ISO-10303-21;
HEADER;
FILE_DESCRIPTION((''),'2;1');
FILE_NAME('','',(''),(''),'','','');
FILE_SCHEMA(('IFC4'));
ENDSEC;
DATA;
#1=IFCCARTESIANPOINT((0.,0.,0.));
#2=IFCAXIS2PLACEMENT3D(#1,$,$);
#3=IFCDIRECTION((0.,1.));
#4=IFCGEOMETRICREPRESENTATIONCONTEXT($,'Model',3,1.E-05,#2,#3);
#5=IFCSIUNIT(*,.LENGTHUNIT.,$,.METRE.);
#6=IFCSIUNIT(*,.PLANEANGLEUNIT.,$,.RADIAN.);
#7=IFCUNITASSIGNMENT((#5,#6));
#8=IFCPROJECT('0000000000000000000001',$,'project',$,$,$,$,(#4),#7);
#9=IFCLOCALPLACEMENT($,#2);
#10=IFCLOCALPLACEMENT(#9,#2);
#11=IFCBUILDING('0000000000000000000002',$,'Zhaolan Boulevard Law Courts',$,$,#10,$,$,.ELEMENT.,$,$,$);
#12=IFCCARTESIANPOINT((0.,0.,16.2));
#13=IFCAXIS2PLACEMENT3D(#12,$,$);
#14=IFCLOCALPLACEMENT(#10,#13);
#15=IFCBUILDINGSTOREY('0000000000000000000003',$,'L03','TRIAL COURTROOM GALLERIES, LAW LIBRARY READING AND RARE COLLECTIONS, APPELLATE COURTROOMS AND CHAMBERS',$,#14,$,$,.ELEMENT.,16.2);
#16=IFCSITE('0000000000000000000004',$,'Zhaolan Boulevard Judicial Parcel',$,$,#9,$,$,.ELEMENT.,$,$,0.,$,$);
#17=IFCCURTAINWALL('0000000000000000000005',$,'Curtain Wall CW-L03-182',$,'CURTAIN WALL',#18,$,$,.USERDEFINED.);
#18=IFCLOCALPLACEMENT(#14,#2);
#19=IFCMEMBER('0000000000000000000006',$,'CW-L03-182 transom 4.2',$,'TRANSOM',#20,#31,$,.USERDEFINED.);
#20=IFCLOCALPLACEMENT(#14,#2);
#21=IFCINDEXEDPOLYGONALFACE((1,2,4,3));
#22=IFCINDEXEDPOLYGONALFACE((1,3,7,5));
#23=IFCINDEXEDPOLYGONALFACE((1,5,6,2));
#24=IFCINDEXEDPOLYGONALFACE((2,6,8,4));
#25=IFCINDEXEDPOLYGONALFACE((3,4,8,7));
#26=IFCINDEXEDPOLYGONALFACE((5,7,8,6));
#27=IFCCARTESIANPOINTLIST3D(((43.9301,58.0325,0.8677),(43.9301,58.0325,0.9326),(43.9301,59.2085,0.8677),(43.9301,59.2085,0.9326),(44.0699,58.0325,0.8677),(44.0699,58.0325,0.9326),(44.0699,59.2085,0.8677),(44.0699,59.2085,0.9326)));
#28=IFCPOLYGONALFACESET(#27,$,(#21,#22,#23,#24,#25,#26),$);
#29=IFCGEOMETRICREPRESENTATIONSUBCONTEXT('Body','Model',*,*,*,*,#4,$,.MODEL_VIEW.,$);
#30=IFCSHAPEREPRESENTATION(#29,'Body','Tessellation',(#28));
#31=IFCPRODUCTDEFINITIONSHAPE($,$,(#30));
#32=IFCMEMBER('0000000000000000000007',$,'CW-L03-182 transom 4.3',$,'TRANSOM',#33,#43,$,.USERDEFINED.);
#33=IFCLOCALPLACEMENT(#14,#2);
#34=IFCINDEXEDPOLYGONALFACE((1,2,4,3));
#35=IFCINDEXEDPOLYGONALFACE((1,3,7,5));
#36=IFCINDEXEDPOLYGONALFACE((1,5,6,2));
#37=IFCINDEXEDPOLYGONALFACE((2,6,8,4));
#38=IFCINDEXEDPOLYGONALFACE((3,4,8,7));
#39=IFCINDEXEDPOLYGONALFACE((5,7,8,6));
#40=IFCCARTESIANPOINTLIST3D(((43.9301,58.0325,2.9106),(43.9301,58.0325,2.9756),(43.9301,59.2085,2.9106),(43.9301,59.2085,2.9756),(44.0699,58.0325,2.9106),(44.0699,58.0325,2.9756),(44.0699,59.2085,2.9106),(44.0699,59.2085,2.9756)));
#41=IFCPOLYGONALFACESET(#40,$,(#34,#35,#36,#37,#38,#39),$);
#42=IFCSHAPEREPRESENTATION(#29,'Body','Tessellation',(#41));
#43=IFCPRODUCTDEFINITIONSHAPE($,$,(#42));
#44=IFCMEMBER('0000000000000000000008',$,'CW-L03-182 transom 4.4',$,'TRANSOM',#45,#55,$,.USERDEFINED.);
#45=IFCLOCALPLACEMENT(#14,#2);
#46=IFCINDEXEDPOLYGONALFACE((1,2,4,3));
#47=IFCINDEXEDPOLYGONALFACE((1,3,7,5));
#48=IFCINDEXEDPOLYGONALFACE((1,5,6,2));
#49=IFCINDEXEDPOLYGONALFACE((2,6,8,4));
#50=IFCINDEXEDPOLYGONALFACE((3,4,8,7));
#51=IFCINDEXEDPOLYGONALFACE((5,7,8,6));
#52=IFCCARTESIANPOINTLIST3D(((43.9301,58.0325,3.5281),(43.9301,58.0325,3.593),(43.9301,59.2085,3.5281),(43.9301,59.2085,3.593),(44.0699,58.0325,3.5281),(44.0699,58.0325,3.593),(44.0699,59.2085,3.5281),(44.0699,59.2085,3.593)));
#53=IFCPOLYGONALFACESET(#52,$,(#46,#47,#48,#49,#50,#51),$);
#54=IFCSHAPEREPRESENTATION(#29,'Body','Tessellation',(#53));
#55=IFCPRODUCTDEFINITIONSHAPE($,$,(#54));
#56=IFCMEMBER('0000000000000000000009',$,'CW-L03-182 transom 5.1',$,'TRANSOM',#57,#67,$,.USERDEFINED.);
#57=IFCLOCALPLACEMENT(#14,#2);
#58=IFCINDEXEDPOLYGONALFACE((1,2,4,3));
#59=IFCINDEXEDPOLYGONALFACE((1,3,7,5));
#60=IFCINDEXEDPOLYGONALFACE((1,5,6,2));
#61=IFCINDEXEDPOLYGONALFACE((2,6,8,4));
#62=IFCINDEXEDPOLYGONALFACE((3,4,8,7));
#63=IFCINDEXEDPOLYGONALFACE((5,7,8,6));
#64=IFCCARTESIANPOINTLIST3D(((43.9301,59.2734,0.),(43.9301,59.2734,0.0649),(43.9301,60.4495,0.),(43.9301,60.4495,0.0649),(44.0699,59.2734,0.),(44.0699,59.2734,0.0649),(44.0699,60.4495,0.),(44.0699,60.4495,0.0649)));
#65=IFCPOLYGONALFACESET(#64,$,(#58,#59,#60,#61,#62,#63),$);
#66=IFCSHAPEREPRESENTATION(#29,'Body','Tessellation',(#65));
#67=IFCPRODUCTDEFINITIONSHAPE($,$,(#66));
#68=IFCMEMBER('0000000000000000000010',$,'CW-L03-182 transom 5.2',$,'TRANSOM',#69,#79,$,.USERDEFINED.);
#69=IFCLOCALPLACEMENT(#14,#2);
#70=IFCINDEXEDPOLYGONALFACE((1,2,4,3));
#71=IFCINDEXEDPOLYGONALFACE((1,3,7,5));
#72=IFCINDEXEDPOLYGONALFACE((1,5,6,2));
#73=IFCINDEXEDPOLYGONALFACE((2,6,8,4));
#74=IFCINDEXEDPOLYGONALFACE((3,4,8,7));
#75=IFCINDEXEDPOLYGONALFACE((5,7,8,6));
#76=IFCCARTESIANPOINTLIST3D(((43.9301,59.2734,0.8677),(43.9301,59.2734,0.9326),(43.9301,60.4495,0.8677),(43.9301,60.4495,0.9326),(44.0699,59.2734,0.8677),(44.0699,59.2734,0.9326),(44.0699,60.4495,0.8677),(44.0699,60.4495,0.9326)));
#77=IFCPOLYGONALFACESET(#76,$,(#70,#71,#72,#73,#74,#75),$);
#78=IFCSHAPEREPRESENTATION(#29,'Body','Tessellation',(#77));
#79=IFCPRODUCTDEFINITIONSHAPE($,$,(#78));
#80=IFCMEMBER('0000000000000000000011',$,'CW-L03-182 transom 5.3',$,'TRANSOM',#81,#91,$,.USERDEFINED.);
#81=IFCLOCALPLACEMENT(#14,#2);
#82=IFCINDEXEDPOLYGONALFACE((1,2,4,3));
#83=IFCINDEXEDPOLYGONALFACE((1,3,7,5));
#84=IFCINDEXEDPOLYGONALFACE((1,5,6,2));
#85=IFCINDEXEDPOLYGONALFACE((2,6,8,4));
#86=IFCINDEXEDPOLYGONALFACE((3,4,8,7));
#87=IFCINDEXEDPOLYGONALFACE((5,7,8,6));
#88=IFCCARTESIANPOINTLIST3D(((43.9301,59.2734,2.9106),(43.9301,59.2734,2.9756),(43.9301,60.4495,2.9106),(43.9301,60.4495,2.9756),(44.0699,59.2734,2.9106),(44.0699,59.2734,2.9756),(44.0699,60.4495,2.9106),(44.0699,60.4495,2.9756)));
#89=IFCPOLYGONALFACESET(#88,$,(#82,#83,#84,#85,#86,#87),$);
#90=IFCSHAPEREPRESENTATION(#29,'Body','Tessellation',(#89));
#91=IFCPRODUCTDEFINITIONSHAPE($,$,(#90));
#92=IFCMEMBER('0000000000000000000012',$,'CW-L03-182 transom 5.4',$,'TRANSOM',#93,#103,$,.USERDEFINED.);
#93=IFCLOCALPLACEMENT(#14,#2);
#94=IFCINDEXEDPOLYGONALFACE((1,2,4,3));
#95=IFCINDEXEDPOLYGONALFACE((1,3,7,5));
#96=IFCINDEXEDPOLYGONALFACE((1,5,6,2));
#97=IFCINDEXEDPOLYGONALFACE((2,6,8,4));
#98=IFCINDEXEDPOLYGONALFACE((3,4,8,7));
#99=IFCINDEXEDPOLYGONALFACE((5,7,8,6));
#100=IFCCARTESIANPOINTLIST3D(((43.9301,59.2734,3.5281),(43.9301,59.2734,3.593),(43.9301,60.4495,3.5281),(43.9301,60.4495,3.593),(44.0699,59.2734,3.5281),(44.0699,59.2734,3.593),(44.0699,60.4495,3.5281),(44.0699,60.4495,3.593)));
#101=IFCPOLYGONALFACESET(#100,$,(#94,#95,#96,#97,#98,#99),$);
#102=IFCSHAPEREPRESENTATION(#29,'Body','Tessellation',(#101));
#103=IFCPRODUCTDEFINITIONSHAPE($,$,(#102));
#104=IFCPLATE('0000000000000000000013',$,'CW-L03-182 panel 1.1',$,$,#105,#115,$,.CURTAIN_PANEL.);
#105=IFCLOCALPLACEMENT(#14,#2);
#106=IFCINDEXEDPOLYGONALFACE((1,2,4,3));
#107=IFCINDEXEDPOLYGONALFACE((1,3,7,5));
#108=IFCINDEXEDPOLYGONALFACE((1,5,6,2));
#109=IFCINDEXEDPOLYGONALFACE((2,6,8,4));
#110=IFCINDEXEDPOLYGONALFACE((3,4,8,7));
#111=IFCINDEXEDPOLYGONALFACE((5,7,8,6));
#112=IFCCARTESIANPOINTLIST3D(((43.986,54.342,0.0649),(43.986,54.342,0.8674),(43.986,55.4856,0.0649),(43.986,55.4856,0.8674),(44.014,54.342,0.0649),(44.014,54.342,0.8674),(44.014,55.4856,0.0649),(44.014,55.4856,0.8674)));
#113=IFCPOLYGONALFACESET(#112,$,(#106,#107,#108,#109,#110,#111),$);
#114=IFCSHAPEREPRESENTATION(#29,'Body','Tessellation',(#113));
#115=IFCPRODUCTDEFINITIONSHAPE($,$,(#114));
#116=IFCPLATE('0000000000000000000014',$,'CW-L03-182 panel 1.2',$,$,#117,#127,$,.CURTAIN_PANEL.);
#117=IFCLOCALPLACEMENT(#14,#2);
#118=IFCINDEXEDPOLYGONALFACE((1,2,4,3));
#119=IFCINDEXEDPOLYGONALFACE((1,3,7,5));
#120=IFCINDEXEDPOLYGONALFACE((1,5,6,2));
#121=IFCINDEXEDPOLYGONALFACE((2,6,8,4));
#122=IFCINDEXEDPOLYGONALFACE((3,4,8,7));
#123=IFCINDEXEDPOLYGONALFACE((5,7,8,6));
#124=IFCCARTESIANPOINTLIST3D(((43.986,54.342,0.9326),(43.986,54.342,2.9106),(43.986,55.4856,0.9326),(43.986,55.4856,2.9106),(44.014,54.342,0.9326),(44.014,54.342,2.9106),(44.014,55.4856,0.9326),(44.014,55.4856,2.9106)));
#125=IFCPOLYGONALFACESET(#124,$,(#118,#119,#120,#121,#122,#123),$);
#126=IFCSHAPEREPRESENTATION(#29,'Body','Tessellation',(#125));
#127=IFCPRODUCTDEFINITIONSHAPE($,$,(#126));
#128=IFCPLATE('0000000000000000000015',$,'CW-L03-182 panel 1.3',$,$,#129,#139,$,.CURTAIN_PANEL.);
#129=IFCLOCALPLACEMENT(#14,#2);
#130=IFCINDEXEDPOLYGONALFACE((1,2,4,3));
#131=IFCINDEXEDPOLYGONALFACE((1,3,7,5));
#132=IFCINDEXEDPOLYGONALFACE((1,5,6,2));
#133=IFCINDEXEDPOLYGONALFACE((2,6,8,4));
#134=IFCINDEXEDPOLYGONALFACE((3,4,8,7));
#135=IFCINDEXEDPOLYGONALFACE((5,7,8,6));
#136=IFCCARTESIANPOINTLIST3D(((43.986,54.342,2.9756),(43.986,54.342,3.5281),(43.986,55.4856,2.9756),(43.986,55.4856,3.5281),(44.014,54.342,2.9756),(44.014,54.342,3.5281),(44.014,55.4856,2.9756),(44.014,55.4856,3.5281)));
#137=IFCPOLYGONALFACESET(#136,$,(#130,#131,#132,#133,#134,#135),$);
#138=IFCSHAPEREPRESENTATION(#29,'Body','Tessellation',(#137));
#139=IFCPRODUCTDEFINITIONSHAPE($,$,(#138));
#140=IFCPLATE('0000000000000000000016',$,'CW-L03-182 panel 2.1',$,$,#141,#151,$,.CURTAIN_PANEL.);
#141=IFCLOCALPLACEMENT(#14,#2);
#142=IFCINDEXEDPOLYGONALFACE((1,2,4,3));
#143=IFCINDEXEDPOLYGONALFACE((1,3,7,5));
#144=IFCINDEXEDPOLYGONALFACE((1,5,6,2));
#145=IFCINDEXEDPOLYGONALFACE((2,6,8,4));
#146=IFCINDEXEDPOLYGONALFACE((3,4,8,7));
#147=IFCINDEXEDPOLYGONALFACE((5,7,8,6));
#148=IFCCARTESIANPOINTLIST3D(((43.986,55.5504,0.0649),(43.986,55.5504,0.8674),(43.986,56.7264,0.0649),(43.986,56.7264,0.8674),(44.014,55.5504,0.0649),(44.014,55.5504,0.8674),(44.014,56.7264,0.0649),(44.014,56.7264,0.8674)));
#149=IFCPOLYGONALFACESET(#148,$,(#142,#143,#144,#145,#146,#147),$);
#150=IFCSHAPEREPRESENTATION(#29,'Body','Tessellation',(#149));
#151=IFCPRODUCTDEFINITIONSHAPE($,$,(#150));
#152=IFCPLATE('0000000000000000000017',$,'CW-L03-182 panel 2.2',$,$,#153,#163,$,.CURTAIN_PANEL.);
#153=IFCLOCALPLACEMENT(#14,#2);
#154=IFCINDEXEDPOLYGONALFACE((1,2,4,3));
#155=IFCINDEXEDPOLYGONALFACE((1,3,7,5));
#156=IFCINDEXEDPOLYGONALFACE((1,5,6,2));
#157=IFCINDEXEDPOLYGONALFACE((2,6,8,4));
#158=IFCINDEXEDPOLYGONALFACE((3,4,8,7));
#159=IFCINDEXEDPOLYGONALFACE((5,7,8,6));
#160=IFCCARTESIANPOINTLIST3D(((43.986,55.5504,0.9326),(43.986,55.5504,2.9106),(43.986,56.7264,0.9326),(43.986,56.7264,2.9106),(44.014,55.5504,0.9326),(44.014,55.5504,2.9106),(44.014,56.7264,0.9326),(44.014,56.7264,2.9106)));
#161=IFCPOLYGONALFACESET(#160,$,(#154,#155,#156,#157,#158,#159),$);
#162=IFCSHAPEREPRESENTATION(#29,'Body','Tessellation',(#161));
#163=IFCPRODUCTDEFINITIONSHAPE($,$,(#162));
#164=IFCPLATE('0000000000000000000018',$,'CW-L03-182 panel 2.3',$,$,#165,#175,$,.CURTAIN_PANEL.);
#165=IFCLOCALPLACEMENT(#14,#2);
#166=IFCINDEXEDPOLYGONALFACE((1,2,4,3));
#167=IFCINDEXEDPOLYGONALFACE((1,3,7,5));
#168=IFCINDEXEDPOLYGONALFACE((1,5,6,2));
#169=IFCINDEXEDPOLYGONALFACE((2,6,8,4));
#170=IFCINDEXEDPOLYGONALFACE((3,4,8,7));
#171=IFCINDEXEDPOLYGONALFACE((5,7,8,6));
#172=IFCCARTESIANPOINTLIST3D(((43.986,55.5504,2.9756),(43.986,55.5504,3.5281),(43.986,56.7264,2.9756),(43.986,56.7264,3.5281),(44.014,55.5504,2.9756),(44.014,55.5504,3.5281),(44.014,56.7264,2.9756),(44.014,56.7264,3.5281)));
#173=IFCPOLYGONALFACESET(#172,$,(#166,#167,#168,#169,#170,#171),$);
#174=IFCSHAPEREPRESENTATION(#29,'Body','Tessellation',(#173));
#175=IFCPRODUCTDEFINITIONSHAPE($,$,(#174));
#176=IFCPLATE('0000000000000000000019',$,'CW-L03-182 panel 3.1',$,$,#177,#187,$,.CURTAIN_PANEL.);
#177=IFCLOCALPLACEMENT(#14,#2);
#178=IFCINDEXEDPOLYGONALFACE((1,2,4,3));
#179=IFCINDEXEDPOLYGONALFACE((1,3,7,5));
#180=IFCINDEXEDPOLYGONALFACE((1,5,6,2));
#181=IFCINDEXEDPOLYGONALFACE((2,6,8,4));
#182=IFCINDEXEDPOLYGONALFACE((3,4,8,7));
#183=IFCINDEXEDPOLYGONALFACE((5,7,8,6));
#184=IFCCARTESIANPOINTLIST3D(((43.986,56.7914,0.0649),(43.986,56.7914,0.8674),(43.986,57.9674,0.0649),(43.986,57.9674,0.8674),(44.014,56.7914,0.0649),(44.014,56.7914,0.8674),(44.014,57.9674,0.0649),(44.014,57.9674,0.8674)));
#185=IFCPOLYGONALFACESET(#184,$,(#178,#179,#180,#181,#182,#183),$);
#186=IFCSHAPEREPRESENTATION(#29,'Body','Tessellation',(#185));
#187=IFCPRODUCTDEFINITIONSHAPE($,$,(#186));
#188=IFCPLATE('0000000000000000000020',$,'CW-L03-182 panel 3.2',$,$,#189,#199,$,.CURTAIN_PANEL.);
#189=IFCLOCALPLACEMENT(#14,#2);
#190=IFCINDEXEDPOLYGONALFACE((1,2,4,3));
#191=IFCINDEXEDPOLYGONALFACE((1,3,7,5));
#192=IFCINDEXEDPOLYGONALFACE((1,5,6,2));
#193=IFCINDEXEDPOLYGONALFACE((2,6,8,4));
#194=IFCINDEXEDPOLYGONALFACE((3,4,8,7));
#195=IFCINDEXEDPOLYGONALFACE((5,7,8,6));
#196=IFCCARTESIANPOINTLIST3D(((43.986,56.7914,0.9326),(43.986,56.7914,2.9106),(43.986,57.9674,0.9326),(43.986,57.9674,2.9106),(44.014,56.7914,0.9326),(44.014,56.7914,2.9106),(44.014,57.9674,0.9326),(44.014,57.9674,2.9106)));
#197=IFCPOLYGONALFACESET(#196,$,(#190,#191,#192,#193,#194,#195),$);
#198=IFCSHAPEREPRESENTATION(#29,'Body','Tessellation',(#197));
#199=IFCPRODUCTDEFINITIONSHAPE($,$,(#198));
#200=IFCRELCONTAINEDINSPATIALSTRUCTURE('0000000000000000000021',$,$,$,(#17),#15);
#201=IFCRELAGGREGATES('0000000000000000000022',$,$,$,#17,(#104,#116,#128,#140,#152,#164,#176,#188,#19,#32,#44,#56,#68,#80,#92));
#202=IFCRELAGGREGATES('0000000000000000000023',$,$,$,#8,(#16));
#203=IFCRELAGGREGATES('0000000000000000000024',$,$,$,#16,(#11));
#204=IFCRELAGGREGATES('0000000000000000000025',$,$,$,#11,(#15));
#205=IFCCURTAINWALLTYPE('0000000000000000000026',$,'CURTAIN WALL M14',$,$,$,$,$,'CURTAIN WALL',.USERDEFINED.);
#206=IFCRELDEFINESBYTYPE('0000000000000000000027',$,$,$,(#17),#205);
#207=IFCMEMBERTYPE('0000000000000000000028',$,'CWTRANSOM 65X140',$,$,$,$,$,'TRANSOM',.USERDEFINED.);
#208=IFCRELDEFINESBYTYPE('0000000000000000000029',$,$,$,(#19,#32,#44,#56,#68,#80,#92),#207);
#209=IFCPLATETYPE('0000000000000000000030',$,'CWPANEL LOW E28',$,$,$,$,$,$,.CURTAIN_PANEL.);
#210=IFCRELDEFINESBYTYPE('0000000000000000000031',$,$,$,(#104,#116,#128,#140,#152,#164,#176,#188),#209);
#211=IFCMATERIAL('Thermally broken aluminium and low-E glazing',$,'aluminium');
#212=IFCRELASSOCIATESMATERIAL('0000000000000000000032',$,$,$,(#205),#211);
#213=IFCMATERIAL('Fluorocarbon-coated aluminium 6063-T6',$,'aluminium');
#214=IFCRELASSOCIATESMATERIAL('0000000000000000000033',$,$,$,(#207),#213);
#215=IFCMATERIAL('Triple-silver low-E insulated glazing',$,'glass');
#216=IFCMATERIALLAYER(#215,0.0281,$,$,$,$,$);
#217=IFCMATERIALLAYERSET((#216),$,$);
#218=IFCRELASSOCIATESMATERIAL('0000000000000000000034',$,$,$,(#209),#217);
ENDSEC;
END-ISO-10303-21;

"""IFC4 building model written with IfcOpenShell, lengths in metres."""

from ifc_helpers import new_model, si_unit, direction, frame, origin, origin_2d, place, context, subcontext, project, spatial, rectangle, extrude, material, layer, layer_set, material_profile, profile_set, type_object, element, aggregate, save


model = new_model("IFC4")

# Units and contexts
model_context = context("Model", 3, precision=1e-05, world=origin(), true_north=direction((0.0, 1.0)))
body_context = subcontext(model_context, "Body", "Model", "MODEL_VIEW")
ifc_project = project(units=[si_unit("LENGTHUNIT", "METRE"), si_unit("PLANEANGLEUNIT", "RADIAN")], contexts=[model_context])

# Site, building, storey
site_placement = place(None, origin())
site = spatial("IfcSite", under=ifc_project, at=site_placement, Name="Zhaolan Boulevard Judicial Parcel", CompositionType="ELEMENT", RefElevation=0.0)
building_placement = place(site_placement, origin())
building = spatial("IfcBuilding", under=site, at=building_placement, Name="Zhaolan Boulevard Law Courts", CompositionType="ELEMENT")
storey_placement = place(building_placement, frame((0.0, 0.0, 16.2)))
storey = spatial("IfcBuildingStorey", under=building, at=storey_placement, Name="L03", Description="TRIAL COURTROOM GALLERIES, LAW LIBRARY READING AND RARE COLLECTIONS, APPELLATE COURTROOMS AND CHAMBERS", CompositionType="ELEMENT", Elevation=16.2)

# Curtain wall, members, plates
ifc_material_1 = material(Name="Thermally broken aluminium and low-E glazing", Category="aluminium")
curtain_wall_type = type_object("IfcCurtainWallType", Name="CURTAIN WALL M14", ElementType="CURTAIN WALL", PredefinedType="USERDEFINED", material=ifc_material_1)
curtain_wall_placement = place(storey_placement, origin())
curtain_wall = element("IfcCurtainWall", 1, at=curtain_wall_placement, inside=storey, type_object=curtain_wall_type, Name="Curtain Wall CW-L03-182", ObjectType="CURTAIN WALL", PredefinedType="USERDEFINED")
ifc_material_2 = material(Name="Fluorocarbon-coated aluminium 6063-T6", Category="aluminium")
ifc_material_profile_1 = material_profile(ifc_material_2, rectangle(XDim=0.1399, YDim=0.0649, at=origin_2d()), Name="AL65x140")
ifc_profile_set_1 = profile_set([ifc_material_profile_1], Name="Fluorocarbon-coated aluminium 6063-T6")
member_type_1 = type_object("IfcMemberType", Name="CWTRANSOM 65X140", ElementType="TRANSOM", PredefinedType="USERDEFINED", material=ifc_profile_set_1)
member_1_placement = place(storey_placement, frame((44.0, 58.0325, 0.9001), z_axis=(0.0, 1.0, 0.0), x_axis=(-1.0, 0.0, 0.0)))
member_1 = element("IfcMember", 2, at=member_1_placement, type_object=member_type_1, Name="CW-L03-182 transom 4.2", ObjectType="TRANSOM", PredefinedType="USERDEFINED", context=body_context, shape_type="SweptSolid", body=[
    extrude(rectangle(XDim=0.1399, YDim=0.0649, at=origin_2d()), origin(), (0.0, 0.0, 1.0), 1.176),
])
member_2_placement = place(storey_placement, frame((44.0, 58.0325, 2.9431), z_axis=(0.0, 1.0, 0.0), x_axis=(-1.0, 0.0, 0.0)))
member_2 = element("IfcMember", 3, at=member_2_placement, type_object=member_type_1, Name="CW-L03-182 transom 4.3", ObjectType="TRANSOM", PredefinedType="USERDEFINED", context=body_context, shape_type="SweptSolid", body=[
    extrude(rectangle(XDim=0.1399, YDim=0.0649, at=origin_2d()), origin(), (0.0, 0.0, 1.0), 1.176),
])
member_3_placement = place(storey_placement, frame((44.0, 58.0325, 3.5605), z_axis=(0.0, 1.0, 0.0), x_axis=(-1.0, 0.0, 0.0)))
member_3 = element("IfcMember", 4, at=member_3_placement, type_object=member_type_1, Name="CW-L03-182 transom 4.4", ObjectType="TRANSOM", PredefinedType="USERDEFINED", context=body_context, shape_type="SweptSolid", body=[
    extrude(rectangle(XDim=0.1399, YDim=0.0649, at=origin_2d()), origin(), (0.0, 0.0, 1.0), 1.176),
])
member_4_placement = place(storey_placement, frame((44.0, 59.2734, 0.0325), z_axis=(0.0, 1.0, 0.0), x_axis=(-1.0, 0.0, 0.0)))
member_4 = element("IfcMember", 5, at=member_4_placement, type_object=member_type_1, Name="CW-L03-182 transom 5.1", ObjectType="TRANSOM", PredefinedType="USERDEFINED", context=body_context, shape_type="SweptSolid", body=[
    extrude(rectangle(XDim=0.1399, YDim=0.0649, at=origin_2d()), origin(), (0.0, 0.0, 1.0), 1.176),
])
member_5_placement = place(storey_placement, frame((44.0, 59.2734, 0.9001), z_axis=(0.0, 1.0, 0.0), x_axis=(-1.0, 0.0, 0.0)))
member_5 = element("IfcMember", 6, at=member_5_placement, type_object=member_type_1, Name="CW-L03-182 transom 5.2", ObjectType="TRANSOM", PredefinedType="USERDEFINED", context=body_context, shape_type="SweptSolid", body=[
    extrude(rectangle(XDim=0.1399, YDim=0.0649, at=origin_2d()), origin(), (0.0, 0.0, 1.0), 1.176),
])
member_6_placement = place(storey_placement, frame((44.0, 59.2734, 2.9431), z_axis=(0.0, 1.0, 0.0), x_axis=(-1.0, 0.0, 0.0)))
member_6 = element("IfcMember", 7, at=member_6_placement, type_object=member_type_1, Name="CW-L03-182 transom 5.3", ObjectType="TRANSOM", PredefinedType="USERDEFINED", context=body_context, shape_type="SweptSolid", body=[
    extrude(rectangle(XDim=0.1399, YDim=0.0649, at=origin_2d()), origin(), (0.0, 0.0, 1.0), 1.176),
])
member_7_placement = place(storey_placement, frame((44.0, 59.2734, 3.5605), z_axis=(0.0, 1.0, 0.0), x_axis=(-1.0, 0.0, 0.0)))
member_7 = element("IfcMember", 8, at=member_7_placement, type_object=member_type_1, Name="CW-L03-182 transom 5.4", ObjectType="TRANSOM", PredefinedType="USERDEFINED", context=body_context, shape_type="SweptSolid", body=[
    extrude(rectangle(XDim=0.1399, YDim=0.0649, at=origin_2d()), origin(), (0.0, 0.0, 1.0), 1.176),
])
ifc_material_3 = material(Name="Triple-silver low-E insulated glazing", Category="glass")
ifc_layer = layer(ifc_material_3, 0.0281)
ifc_layer_set = layer_set([ifc_layer])
plate_type = type_object("IfcPlateType", Name="CWPANEL LOW E28", PredefinedType="CURTAIN_PANEL", material=ifc_layer_set)
plate_1_placement = place(storey_placement, frame((44.0, 54.9138, 0.0649), z_axis=(0.0, 0.0, 1.0), x_axis=(0.0, 1.0, 0.0)))
plate_1 = element("IfcPlate", 9, at=plate_1_placement, type_object=plate_type, Name="CW-L03-182 panel 1.1", PredefinedType="CURTAIN_PANEL", context=body_context, shape_type="SweptSolid", body=[
    extrude(rectangle(XDim=1.1436, YDim=0.0281, at=origin_2d()), origin(), (0.0, 0.0, 1.0), 0.8025),
])
plate_2_placement = place(storey_placement, frame((44.0, 54.9138, 0.9326), z_axis=(0.0, 0.0, 1.0), x_axis=(0.0, 1.0, 0.0)))
plate_2 = element("IfcPlate", 10, at=plate_2_placement, type_object=plate_type, Name="CW-L03-182 panel 1.2", PredefinedType="CURTAIN_PANEL", context=body_context, shape_type="SweptSolid", body=[
    extrude(rectangle(XDim=1.1436, YDim=0.0281, at=origin_2d()), origin(), (0.0, 0.0, 1.0), 1.978),
])
plate_3_placement = place(storey_placement, frame((44.0, 54.9138, 2.9756), z_axis=(0.0, 0.0, 1.0), x_axis=(0.0, 1.0, 0.0)))
plate_3 = element("IfcPlate", 11, at=plate_3_placement, type_object=plate_type, Name="CW-L03-182 panel 1.3", PredefinedType="CURTAIN_PANEL", context=body_context, shape_type="SweptSolid", body=[
    extrude(rectangle(XDim=1.1436, YDim=0.0281, at=origin_2d()), origin(), (0.0, 0.0, 1.0), 0.5525),
])
plate_4_placement = place(storey_placement, frame((44.0, 56.1384, 0.0649), z_axis=(0.0, 0.0, 1.0), x_axis=(0.0, 1.0, 0.0)))
plate_4 = element("IfcPlate", 12, at=plate_4_placement, type_object=plate_type, Name="CW-L03-182 panel 2.1", PredefinedType="CURTAIN_PANEL", context=body_context, shape_type="SweptSolid", body=[
    extrude(rectangle(XDim=1.176, YDim=0.0281, at=origin_2d()), origin(), (0.0, 0.0, 1.0), 0.8025),
])
plate_5_placement = place(storey_placement, frame((44.0, 56.1384, 0.9326), z_axis=(0.0, 0.0, 1.0), x_axis=(0.0, 1.0, 0.0)))
plate_5 = element("IfcPlate", 13, at=plate_5_placement, type_object=plate_type, Name="CW-L03-182 panel 2.2", PredefinedType="CURTAIN_PANEL", context=body_context, shape_type="SweptSolid", body=[
    extrude(rectangle(XDim=1.176, YDim=0.0281, at=origin_2d()), origin(), (0.0, 0.0, 1.0), 1.978),
])
plate_6_placement = place(storey_placement, frame((44.0, 56.1384, 2.9756), z_axis=(0.0, 0.0, 1.0), x_axis=(0.0, 1.0, 0.0)))
plate_6 = element("IfcPlate", 14, at=plate_6_placement, type_object=plate_type, Name="CW-L03-182 panel 2.3", PredefinedType="CURTAIN_PANEL", context=body_context, shape_type="SweptSolid", body=[
    extrude(rectangle(XDim=1.176, YDim=0.0281, at=origin_2d()), origin(), (0.0, 0.0, 1.0), 0.5525),
])
plate_7_placement = place(storey_placement, frame((44.0, 57.3794, 0.0649), z_axis=(0.0, 0.0, 1.0), x_axis=(0.0, 1.0, 0.0)))
plate_7 = element("IfcPlate", 15, at=plate_7_placement, type_object=plate_type, Name="CW-L03-182 panel 3.1", PredefinedType="CURTAIN_PANEL", context=body_context, shape_type="SweptSolid", body=[
    extrude(rectangle(XDim=1.176, YDim=0.0281, at=origin_2d()), origin(), (0.0, 0.0, 1.0), 0.8025),
])
plate_8_placement = place(storey_placement, frame((44.0, 57.3794, 0.9326), z_axis=(0.0, 0.0, 1.0), x_axis=(0.0, 1.0, 0.0)))
plate_8 = element("IfcPlate", 16, at=plate_8_placement, type_object=plate_type, Name="CW-L03-182 panel 3.2", PredefinedType="CURTAIN_PANEL", context=body_context, shape_type="SweptSolid", body=[
    extrude(rectangle(XDim=1.176, YDim=0.0281, at=origin_2d()), origin(), (0.0, 0.0, 1.0), 1.978),
])
aggregate(curtain_wall, [plate_1, plate_2, plate_3, plate_4, plate_5, plate_6, plate_7, plate_8, member_1, member_2, member_3, member_4, member_5, member_6, member_7])

save(model, "model.ifc")
